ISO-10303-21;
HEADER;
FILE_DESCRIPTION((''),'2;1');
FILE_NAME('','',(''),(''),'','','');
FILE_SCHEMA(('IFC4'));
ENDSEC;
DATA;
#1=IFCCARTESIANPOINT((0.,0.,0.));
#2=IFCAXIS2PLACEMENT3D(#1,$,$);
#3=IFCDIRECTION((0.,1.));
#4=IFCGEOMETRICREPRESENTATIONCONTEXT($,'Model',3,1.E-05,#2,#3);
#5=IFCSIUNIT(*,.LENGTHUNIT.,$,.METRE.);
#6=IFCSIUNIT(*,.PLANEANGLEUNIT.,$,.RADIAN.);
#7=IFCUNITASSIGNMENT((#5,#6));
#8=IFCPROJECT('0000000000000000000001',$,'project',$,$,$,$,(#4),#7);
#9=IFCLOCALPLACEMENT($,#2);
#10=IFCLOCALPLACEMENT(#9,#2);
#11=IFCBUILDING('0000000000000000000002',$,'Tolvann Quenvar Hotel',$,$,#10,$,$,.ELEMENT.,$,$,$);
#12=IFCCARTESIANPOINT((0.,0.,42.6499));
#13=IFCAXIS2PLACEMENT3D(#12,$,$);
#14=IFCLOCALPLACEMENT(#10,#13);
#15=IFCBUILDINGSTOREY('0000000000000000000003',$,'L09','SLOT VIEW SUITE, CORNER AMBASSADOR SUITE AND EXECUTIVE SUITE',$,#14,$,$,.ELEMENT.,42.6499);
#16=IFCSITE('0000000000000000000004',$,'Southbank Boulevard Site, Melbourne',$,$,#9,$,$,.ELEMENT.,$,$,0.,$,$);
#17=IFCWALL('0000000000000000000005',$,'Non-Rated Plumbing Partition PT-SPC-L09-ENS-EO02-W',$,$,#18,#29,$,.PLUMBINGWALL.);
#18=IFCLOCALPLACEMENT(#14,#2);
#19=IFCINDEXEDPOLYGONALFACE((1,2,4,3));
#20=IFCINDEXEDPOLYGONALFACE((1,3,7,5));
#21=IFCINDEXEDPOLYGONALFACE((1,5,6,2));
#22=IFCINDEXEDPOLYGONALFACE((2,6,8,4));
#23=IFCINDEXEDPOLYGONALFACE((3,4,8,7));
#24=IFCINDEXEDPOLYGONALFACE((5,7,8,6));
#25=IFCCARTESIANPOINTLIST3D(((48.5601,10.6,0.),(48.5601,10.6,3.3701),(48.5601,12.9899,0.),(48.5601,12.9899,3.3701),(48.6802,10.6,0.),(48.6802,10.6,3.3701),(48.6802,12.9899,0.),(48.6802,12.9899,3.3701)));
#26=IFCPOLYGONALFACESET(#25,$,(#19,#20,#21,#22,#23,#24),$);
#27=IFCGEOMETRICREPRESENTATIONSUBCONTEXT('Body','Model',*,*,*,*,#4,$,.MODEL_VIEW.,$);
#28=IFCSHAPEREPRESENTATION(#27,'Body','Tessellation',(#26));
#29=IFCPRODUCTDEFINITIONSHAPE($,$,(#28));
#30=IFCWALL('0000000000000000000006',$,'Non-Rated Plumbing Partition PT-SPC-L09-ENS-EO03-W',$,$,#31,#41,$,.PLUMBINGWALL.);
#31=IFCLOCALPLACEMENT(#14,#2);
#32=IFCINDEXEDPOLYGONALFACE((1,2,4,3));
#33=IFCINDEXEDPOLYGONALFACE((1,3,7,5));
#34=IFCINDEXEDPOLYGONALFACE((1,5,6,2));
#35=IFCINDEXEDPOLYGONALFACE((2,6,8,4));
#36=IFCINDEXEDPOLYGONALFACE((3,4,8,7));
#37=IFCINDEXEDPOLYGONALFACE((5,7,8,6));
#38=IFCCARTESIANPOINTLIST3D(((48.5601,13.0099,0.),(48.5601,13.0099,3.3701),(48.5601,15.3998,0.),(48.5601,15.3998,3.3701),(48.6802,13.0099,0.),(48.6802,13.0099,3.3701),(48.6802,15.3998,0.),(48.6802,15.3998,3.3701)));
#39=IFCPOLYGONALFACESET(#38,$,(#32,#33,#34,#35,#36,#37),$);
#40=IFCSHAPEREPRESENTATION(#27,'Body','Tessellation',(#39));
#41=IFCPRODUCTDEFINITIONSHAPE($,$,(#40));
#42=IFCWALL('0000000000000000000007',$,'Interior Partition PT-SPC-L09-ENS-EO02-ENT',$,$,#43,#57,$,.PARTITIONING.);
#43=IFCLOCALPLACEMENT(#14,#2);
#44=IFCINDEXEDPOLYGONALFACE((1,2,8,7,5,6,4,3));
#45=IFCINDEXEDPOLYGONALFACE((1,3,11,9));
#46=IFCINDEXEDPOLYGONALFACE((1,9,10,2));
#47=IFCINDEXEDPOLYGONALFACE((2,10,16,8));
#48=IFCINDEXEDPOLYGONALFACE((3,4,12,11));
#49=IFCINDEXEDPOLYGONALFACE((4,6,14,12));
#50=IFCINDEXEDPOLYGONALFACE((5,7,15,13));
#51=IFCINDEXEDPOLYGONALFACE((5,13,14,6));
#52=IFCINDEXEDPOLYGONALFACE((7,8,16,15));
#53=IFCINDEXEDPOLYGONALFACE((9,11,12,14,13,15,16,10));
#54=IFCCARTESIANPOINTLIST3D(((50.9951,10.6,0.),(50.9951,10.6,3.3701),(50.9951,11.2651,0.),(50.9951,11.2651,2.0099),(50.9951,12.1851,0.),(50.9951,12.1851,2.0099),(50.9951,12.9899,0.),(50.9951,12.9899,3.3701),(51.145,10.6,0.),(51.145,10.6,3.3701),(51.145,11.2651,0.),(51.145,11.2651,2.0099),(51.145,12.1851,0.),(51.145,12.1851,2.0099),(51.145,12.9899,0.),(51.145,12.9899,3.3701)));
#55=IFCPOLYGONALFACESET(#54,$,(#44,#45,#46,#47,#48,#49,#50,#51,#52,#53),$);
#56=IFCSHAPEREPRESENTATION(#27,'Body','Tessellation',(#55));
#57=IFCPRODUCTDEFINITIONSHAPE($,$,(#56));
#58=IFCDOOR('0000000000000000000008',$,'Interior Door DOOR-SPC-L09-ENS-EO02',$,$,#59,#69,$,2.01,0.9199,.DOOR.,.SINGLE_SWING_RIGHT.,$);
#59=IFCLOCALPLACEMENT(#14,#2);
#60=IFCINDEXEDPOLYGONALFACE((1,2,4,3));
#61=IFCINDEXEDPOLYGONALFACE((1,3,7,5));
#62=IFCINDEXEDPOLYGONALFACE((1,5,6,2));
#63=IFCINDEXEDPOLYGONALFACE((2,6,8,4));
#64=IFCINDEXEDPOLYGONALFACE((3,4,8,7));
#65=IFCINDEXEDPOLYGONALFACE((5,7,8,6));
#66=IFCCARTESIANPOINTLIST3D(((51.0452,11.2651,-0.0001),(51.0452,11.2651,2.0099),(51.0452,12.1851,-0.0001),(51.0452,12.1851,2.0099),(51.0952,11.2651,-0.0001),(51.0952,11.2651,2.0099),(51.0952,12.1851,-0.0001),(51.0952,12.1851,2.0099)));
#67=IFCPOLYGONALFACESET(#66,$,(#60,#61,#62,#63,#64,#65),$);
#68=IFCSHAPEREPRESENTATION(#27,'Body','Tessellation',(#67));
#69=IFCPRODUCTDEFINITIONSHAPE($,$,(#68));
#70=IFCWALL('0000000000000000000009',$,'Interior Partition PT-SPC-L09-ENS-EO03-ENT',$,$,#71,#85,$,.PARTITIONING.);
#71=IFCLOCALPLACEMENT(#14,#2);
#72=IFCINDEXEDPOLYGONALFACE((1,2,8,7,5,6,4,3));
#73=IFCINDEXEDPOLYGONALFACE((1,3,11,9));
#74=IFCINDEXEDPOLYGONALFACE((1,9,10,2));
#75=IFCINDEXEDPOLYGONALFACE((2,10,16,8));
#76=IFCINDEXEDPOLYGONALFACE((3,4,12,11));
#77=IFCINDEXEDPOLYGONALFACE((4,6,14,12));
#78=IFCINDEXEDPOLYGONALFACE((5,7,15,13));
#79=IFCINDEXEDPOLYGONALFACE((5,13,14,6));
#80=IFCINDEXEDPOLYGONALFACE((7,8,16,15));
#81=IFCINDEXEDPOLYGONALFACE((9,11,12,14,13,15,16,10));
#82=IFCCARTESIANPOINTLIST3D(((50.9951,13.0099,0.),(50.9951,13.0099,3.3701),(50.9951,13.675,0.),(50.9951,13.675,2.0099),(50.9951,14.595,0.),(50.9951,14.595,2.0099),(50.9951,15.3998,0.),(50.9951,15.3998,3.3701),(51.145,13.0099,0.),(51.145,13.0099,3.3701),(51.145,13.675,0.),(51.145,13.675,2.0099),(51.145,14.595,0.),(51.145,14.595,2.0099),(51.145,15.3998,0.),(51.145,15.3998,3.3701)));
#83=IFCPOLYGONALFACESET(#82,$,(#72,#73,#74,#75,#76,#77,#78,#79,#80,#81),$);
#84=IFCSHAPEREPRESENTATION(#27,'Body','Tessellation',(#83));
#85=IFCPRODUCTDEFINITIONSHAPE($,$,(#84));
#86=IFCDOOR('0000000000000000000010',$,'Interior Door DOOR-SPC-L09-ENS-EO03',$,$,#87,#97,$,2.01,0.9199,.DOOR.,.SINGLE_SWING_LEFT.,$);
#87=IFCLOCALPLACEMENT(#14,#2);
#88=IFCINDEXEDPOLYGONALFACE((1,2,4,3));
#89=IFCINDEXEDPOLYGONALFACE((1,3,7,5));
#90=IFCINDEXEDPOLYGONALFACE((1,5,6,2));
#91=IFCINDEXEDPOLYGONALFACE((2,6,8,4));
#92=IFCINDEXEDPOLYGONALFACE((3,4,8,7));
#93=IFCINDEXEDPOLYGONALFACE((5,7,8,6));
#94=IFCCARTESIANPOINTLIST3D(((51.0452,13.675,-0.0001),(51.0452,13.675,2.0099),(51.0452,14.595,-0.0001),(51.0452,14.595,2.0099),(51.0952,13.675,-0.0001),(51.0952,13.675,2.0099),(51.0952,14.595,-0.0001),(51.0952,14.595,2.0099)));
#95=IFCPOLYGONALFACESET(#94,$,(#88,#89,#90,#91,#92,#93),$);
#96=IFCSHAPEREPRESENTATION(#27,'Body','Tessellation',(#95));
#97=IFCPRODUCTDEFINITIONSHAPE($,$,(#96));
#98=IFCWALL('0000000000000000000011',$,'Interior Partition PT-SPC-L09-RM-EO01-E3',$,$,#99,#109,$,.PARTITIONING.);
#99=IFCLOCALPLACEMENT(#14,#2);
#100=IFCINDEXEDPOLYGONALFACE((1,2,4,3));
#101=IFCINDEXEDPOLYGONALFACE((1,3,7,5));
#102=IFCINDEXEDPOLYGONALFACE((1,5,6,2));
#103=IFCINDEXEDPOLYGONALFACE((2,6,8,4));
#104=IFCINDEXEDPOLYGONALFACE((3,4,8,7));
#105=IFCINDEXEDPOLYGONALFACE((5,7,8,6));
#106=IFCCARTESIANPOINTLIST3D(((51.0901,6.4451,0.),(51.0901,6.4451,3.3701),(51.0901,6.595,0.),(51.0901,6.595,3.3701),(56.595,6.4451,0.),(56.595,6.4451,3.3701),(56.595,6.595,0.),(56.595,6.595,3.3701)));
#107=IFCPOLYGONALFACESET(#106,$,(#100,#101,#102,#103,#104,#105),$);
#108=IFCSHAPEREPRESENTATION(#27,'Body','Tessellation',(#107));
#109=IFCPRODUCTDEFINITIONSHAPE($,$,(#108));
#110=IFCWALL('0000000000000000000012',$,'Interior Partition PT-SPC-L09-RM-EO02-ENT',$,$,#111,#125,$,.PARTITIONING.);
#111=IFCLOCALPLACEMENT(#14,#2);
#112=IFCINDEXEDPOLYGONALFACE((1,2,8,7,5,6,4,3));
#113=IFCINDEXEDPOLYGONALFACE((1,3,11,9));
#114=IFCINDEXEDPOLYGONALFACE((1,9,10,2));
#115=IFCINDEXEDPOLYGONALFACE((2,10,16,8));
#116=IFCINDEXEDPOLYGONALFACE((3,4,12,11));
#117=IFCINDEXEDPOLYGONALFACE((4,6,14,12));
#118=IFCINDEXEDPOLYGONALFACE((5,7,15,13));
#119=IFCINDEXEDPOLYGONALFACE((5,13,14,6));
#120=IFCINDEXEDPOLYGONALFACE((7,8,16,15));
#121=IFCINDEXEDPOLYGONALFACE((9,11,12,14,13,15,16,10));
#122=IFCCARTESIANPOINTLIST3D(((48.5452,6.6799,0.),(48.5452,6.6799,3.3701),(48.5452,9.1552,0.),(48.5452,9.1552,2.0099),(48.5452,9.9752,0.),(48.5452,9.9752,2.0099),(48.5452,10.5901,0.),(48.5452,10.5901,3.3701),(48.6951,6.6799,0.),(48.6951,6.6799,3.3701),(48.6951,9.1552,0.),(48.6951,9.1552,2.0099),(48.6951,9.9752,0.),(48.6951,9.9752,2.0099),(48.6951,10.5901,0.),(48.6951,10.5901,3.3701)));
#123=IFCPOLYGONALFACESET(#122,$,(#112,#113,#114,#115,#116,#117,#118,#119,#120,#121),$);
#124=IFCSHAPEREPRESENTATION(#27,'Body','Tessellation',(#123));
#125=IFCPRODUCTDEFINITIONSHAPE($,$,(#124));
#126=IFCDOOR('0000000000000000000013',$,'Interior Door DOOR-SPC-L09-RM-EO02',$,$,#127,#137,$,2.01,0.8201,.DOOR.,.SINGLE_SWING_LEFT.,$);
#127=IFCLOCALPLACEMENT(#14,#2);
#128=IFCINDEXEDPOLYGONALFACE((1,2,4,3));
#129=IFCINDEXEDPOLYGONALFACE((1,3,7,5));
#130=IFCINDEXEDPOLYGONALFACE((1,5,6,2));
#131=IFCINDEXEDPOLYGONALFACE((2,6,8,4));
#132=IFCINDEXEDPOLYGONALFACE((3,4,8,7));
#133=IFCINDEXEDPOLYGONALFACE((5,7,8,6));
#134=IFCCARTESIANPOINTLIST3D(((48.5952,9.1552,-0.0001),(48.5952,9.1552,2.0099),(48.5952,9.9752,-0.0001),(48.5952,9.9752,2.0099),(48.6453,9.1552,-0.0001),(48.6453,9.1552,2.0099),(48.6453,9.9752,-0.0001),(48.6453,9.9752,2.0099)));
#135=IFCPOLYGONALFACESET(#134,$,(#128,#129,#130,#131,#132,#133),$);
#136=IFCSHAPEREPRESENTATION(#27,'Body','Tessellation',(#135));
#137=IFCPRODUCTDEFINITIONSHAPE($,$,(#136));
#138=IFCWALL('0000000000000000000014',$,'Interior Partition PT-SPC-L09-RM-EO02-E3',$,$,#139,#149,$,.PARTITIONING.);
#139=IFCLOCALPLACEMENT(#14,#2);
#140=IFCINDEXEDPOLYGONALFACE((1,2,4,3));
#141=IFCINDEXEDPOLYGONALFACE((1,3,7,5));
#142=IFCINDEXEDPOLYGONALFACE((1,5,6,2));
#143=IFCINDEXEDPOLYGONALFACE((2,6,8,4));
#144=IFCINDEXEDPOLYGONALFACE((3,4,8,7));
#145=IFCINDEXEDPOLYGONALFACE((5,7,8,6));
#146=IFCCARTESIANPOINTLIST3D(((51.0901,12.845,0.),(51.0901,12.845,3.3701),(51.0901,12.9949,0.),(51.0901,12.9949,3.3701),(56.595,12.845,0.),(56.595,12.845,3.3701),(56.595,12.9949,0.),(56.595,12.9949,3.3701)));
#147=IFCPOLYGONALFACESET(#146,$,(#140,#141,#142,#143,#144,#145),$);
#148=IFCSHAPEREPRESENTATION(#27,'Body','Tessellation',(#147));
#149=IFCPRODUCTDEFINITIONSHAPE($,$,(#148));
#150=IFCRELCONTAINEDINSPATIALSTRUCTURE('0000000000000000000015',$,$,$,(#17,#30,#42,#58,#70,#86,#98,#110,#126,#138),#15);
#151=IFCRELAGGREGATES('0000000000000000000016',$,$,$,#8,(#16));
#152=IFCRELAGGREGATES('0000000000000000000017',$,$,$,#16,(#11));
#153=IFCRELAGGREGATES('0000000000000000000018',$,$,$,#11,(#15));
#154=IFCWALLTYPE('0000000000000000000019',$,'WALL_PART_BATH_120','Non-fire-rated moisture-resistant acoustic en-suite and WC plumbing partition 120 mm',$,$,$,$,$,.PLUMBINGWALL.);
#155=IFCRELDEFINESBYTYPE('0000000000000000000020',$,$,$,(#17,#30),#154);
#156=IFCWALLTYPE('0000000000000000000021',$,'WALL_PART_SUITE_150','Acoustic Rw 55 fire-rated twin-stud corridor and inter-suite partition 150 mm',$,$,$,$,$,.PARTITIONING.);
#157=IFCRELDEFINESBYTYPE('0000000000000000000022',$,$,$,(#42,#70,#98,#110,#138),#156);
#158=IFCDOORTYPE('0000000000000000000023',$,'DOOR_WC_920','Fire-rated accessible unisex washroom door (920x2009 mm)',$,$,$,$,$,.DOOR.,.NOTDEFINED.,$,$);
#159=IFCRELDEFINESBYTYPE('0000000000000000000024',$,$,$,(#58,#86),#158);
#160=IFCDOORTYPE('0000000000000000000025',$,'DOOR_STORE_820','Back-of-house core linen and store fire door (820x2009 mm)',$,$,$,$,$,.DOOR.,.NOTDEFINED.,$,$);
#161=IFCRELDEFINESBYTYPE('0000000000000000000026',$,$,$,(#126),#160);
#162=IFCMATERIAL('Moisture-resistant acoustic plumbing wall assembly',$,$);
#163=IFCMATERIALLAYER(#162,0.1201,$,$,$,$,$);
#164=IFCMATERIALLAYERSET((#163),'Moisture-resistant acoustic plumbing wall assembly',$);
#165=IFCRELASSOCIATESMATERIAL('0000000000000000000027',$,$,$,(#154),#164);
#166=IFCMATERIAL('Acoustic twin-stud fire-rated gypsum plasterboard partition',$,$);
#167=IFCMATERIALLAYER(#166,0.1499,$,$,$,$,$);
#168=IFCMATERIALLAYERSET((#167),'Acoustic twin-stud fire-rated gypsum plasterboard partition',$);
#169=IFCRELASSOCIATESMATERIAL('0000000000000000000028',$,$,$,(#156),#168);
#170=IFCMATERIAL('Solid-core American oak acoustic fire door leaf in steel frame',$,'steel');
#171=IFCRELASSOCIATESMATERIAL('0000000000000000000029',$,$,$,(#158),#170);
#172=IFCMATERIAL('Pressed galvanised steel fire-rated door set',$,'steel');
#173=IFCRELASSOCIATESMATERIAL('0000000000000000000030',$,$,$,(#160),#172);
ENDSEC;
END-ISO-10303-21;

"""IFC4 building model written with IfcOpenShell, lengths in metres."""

from ifc_helpers import new_model, si_unit, direction, frame, frame_2d, origin, place, context, subcontext, project, spatial, rectangle, extrude, source, transform, mapped, material, layer, layer_set, type_object, type_shapes, element, fill, save


model = new_model("IFC4")

# Units and contexts
model_context = context("Model", 3, precision=1e-05, world=origin(), true_north=direction((0.0, 1.0)))
body_context = subcontext(model_context, "Body", "Model", "MODEL_VIEW")
ifc_project = project(units=[si_unit("LENGTHUNIT", "METRE"), si_unit("PLANEANGLEUNIT", "RADIAN")], contexts=[model_context])

# Site, building, storey
site_placement = place(None, origin())
site = spatial("IfcSite", under=ifc_project, at=site_placement, Name="Southbank Boulevard Site, Melbourne", CompositionType="ELEMENT", RefElevation=0.0)
building_placement = place(site_placement, origin())
building = spatial("IfcBuilding", under=site, at=building_placement, Name="Tolvann Quenvar Hotel", CompositionType="ELEMENT")
storey_placement = place(building_placement, frame((0.0, 0.0, 42.6499)))
storey = spatial("IfcBuildingStorey", under=building, at=storey_placement, Name="L09", Description="SLOT VIEW SUITE, CORNER AMBASSADOR SUITE AND EXECUTIVE SUITE", CompositionType="ELEMENT", Elevation=42.6499)

# Walls
ifc_material_1 = material(Name="Moisture-resistant acoustic plumbing wall assembly")
ifc_layer_1 = layer(ifc_material_1, 0.1201)
ifc_layer_set_1 = layer_set([ifc_layer_1], Name="Moisture-resistant acoustic plumbing wall assembly")
wall_type_1 = type_object("IfcWallType", Name="WALL_PART_BATH_120", Description="Non-fire-rated moisture-resistant acoustic en-suite and WC plumbing partition 120 mm", PredefinedType="PLUMBINGWALL", material=ifc_layer_set_1)
for number, where, z_axis, x_axis, name in (
    (1, (48.6201, 10.6001, 0.0), (0.0, 0.0, 1.0), (0.0, 1.0, 0.0), "Non-Rated Plumbing Partition PT-SPC-L09-ENS-EO02-W"),
    (2, (48.6201, 13.01, 0.0), (0.0, 0.0, 1.0), (0.0, 1.0, 0.0), "Non-Rated Plumbing Partition PT-SPC-L09-ENS-EO03-W"),
):
    element("IfcWall", number, at=place(storey_placement, frame(where, z_axis=z_axis, x_axis=x_axis)), inside=storey, type_object=wall_type_1, Name=name, PredefinedType="PLUMBINGWALL", context=body_context, shape_type="SweptSolid", body=[
        extrude(rectangle(XDim=2.3899, YDim=0.1201, at=frame_2d((1.1948, 0.0))), origin(), (0.0, 0.0, 1.0), 3.3701),
    ])

# Walls, openings, doors
ifc_material_2 = material(Name="Acoustic twin-stud fire-rated gypsum plasterboard partition")
ifc_layer_2 = layer(ifc_material_2, 0.1499)
ifc_layer_set_2 = layer_set([ifc_layer_2], Name="Acoustic twin-stud fire-rated gypsum plasterboard partition")
wall_type_2 = type_object("IfcWallType", Name="WALL_PART_SUITE_150", Description="Acoustic Rw 55 fire-rated twin-stud corridor and inter-suite partition 150 mm", PredefinedType="PARTITIONING", material=ifc_layer_set_2)
wall_1_placement = place(storey_placement, frame((51.0701, 10.6001, 0.0), z_axis=(0.0, 0.0, 1.0), x_axis=(0.0, 1.0, 0.0)))
wall_1 = element("IfcWall", 3, at=wall_1_placement, inside=storey, type_object=wall_type_2, Name="Interior Partition PT-SPC-L09-ENS-EO02-ENT", PredefinedType="PARTITIONING", context=body_context, shape_type="SweptSolid", body=[
    extrude(rectangle(XDim=2.3899, YDim=0.1499, at=frame_2d((1.1948, 0.0))), origin(), (0.0, 0.0, 1.0), 3.3701),
])
opening_1_placement = place(wall_1_placement, frame((0.665, 0.0, 0.0)))
opening_1 = element("IfcOpeningElement", 4, at=opening_1_placement, cuts=wall_1, PredefinedType="OPENING", context=body_context, shape_type="SweptSolid", body=[
    extrude(rectangle(XDim=0.9199, YDim=2.01, at=frame_2d((0.46, 1.0049))), frame((0.0, 0.085, 0.0), z_axis=(0.0, -1.0, 0.0), x_axis=(1.0, 0.0, 0.0)), (0.0, 0.0, 1.0), 0.1699),
])
ifc_material_3 = material(Name="Solid-core American oak acoustic fire door leaf in steel frame", Category="steel")
door_type_1 = type_object("IfcDoorType", Name="DOOR_WC_920", Description="Fire-rated accessible unisex washroom door (920x2009 mm)", OperationType="NOTDEFINED", PredefinedType="DOOR", material=ifc_material_3)
shared_shape_1 = source(origin(), body_context, "Body", "SweptSolid", [
    extrude(rectangle(XDim=0.9199, YDim=2.01, at=frame_2d((0.46, 1.0049))), frame((0.0, 0.0249, 0.0), z_axis=(0.0, -1.0, 0.0), x_axis=(1.0, 0.0, 0.0)), (0.0, 0.0, 1.0), 0.05),
])
type_shapes(door_type_1, [shared_shape_1])
door_1_placement = place(opening_1_placement, origin())
door_1 = element("IfcDoor", 5, at=door_1_placement, inside=storey, type_object=door_type_1, Name="Interior Door DOOR-SPC-L09-ENS-EO02", OperationType="SINGLE_SWING_RIGHT", OverallHeight=2.01, OverallWidth=0.9199, PredefinedType="DOOR", context=body_context, shape_type="MappedRepresentation", body=[
    mapped(shared_shape_1, transform((0.0, 0.0, 0.0), x_axis=(1.0, 0.0, 0.0), y_axis=(0.0, 1.0, 0.0), z_axis=(0.0, 0.0, 1.0), scale=1.0)),
])
fill(opening_1, door_1)
wall_2_placement = place(storey_placement, frame((51.0701, 13.01, 0.0), z_axis=(0.0, 0.0, 1.0), x_axis=(0.0, 1.0, 0.0)))
wall_2 = element("IfcWall", 6, at=wall_2_placement, inside=storey, type_object=wall_type_2, Name="Interior Partition PT-SPC-L09-ENS-EO03-ENT", PredefinedType="PARTITIONING", context=body_context, shape_type="SweptSolid", body=[
    extrude(rectangle(XDim=2.3899, YDim=0.1499, at=frame_2d((1.1948, 0.0))), origin(), (0.0, 0.0, 1.0), 3.3701),
])
opening_2_placement = place(wall_2_placement, frame((0.665, 0.0, 0.0)))
opening_2 = element("IfcOpeningElement", 7, at=opening_2_placement, cuts=wall_2, PredefinedType="OPENING", context=body_context, shape_type="SweptSolid", body=[
    extrude(rectangle(XDim=0.9199, YDim=2.01, at=frame_2d((0.46, 1.0049))), frame((0.0, 0.085, 0.0), z_axis=(0.0, -1.0, 0.0), x_axis=(1.0, 0.0, 0.0)), (0.0, 0.0, 1.0), 0.1699),
])
door_2_placement = place(opening_2_placement, origin())
door_2 = element("IfcDoor", 8, at=door_2_placement, inside=storey, type_object=door_type_1, Name="Interior Door DOOR-SPC-L09-ENS-EO03", OperationType="SINGLE_SWING_LEFT", OverallHeight=2.01, OverallWidth=0.9199, PredefinedType="DOOR", context=body_context, shape_type="MappedRepresentation", body=[
    mapped(shared_shape_1, transform((0.0, 0.0, 0.0), x_axis=(1.0, 0.0, 0.0), y_axis=(0.0, 1.0, 0.0), z_axis=(0.0, 0.0, 1.0), scale=1.0)),
])
fill(opening_2, door_2)

# Wall
wall_3_placement = place(storey_placement, frame((51.0901, 6.52, 0.0), z_axis=(0.0, 0.0, 1.0), x_axis=(1.0, 0.0, 0.0)))
element("IfcWall", 9, at=wall_3_placement, inside=storey, type_object=wall_type_2, Name="Interior Partition PT-SPC-L09-RM-EO01-E3", PredefinedType="PARTITIONING", context=body_context, shape_type="SweptSolid", body=[
    extrude(rectangle(XDim=5.5049, YDim=0.1499, at=frame_2d((2.7524, 0.0))), origin(), (0.0, 0.0, 1.0), 3.3701),
])

# Wall, opening, door
wall_4_placement = place(storey_placement, frame((48.6201, 6.6799, 0.0), z_axis=(0.0, 0.0, 1.0), x_axis=(0.0, 1.0, 0.0)))
wall_4 = element("IfcWall", 10, at=wall_4_placement, inside=storey, type_object=wall_type_2, Name="Interior Partition PT-SPC-L09-RM-EO02-ENT", PredefinedType="PARTITIONING", context=body_context, shape_type="SweptSolid", body=[
    extrude(rectangle(XDim=3.9102, YDim=0.1499, at=frame_2d((1.9551, 0.0))), origin(), (0.0, 0.0, 1.0), 3.3701),
])
opening_3_placement = place(wall_4_placement, frame((2.4751, 0.0, 0.0)))
opening_3 = element("IfcOpeningElement", 11, at=opening_3_placement, cuts=wall_4, PredefinedType="OPENING", context=body_context, shape_type="SweptSolid", body=[
    extrude(rectangle(XDim=0.8201, YDim=2.01, at=frame_2d((0.4102, 1.0049))), frame((0.0, 0.085, 0.0), z_axis=(0.0, -1.0, 0.0), x_axis=(1.0, 0.0, 0.0)), (0.0, 0.0, 1.0), 0.1699),
])
ifc_material_4 = material(Name="Pressed galvanised steel fire-rated door set", Category="steel")
door_type_2 = type_object("IfcDoorType", Name="DOOR_STORE_820", Description="Back-of-house core linen and store fire door (820x2009 mm)", OperationType="NOTDEFINED", PredefinedType="DOOR", material=ifc_material_4)
shared_shape_2 = source(origin(), body_context, "Body", "SweptSolid", [
    extrude(rectangle(XDim=0.8201, YDim=2.01, at=frame_2d((0.4102, 1.0049))), frame((0.0, 0.0249, 0.0), z_axis=(0.0, -1.0, 0.0), x_axis=(1.0, 0.0, 0.0)), (0.0, 0.0, 1.0), 0.05),
])
type_shapes(door_type_2, [shared_shape_2])
door_3_placement = place(opening_3_placement, origin())
door_3 = element("IfcDoor", 12, at=door_3_placement, inside=storey, type_object=door_type_2, Name="Interior Door DOOR-SPC-L09-RM-EO02", OperationType="SINGLE_SWING_LEFT", OverallHeight=2.01, OverallWidth=0.8201, PredefinedType="DOOR", context=body_context, shape_type="MappedRepresentation", body=[
    mapped(shared_shape_2, transform((0.0, 0.0, 0.0), x_axis=(1.0, 0.0, 0.0), y_axis=(0.0, 1.0, 0.0), z_axis=(0.0, 0.0, 1.0), scale=1.0)),
])
fill(opening_3, door_3)

# Wall
wall_5_placement = place(storey_placement, frame((51.0901, 12.9199, 0.0), z_axis=(0.0, 0.0, 1.0), x_axis=(1.0, 0.0, 0.0)))
element("IfcWall", 13, at=wall_5_placement, inside=storey, type_object=wall_type_2, Name="Interior Partition PT-SPC-L09-RM-EO02-E3", PredefinedType="PARTITIONING", context=body_context, shape_type="SweptSolid", body=[
    extrude(rectangle(XDim=5.5049, YDim=0.1499, at=frame_2d((2.7524, 0.0))), origin(), (0.0, 0.0, 1.0), 3.3701),
])

save(model, "model.ifc")
